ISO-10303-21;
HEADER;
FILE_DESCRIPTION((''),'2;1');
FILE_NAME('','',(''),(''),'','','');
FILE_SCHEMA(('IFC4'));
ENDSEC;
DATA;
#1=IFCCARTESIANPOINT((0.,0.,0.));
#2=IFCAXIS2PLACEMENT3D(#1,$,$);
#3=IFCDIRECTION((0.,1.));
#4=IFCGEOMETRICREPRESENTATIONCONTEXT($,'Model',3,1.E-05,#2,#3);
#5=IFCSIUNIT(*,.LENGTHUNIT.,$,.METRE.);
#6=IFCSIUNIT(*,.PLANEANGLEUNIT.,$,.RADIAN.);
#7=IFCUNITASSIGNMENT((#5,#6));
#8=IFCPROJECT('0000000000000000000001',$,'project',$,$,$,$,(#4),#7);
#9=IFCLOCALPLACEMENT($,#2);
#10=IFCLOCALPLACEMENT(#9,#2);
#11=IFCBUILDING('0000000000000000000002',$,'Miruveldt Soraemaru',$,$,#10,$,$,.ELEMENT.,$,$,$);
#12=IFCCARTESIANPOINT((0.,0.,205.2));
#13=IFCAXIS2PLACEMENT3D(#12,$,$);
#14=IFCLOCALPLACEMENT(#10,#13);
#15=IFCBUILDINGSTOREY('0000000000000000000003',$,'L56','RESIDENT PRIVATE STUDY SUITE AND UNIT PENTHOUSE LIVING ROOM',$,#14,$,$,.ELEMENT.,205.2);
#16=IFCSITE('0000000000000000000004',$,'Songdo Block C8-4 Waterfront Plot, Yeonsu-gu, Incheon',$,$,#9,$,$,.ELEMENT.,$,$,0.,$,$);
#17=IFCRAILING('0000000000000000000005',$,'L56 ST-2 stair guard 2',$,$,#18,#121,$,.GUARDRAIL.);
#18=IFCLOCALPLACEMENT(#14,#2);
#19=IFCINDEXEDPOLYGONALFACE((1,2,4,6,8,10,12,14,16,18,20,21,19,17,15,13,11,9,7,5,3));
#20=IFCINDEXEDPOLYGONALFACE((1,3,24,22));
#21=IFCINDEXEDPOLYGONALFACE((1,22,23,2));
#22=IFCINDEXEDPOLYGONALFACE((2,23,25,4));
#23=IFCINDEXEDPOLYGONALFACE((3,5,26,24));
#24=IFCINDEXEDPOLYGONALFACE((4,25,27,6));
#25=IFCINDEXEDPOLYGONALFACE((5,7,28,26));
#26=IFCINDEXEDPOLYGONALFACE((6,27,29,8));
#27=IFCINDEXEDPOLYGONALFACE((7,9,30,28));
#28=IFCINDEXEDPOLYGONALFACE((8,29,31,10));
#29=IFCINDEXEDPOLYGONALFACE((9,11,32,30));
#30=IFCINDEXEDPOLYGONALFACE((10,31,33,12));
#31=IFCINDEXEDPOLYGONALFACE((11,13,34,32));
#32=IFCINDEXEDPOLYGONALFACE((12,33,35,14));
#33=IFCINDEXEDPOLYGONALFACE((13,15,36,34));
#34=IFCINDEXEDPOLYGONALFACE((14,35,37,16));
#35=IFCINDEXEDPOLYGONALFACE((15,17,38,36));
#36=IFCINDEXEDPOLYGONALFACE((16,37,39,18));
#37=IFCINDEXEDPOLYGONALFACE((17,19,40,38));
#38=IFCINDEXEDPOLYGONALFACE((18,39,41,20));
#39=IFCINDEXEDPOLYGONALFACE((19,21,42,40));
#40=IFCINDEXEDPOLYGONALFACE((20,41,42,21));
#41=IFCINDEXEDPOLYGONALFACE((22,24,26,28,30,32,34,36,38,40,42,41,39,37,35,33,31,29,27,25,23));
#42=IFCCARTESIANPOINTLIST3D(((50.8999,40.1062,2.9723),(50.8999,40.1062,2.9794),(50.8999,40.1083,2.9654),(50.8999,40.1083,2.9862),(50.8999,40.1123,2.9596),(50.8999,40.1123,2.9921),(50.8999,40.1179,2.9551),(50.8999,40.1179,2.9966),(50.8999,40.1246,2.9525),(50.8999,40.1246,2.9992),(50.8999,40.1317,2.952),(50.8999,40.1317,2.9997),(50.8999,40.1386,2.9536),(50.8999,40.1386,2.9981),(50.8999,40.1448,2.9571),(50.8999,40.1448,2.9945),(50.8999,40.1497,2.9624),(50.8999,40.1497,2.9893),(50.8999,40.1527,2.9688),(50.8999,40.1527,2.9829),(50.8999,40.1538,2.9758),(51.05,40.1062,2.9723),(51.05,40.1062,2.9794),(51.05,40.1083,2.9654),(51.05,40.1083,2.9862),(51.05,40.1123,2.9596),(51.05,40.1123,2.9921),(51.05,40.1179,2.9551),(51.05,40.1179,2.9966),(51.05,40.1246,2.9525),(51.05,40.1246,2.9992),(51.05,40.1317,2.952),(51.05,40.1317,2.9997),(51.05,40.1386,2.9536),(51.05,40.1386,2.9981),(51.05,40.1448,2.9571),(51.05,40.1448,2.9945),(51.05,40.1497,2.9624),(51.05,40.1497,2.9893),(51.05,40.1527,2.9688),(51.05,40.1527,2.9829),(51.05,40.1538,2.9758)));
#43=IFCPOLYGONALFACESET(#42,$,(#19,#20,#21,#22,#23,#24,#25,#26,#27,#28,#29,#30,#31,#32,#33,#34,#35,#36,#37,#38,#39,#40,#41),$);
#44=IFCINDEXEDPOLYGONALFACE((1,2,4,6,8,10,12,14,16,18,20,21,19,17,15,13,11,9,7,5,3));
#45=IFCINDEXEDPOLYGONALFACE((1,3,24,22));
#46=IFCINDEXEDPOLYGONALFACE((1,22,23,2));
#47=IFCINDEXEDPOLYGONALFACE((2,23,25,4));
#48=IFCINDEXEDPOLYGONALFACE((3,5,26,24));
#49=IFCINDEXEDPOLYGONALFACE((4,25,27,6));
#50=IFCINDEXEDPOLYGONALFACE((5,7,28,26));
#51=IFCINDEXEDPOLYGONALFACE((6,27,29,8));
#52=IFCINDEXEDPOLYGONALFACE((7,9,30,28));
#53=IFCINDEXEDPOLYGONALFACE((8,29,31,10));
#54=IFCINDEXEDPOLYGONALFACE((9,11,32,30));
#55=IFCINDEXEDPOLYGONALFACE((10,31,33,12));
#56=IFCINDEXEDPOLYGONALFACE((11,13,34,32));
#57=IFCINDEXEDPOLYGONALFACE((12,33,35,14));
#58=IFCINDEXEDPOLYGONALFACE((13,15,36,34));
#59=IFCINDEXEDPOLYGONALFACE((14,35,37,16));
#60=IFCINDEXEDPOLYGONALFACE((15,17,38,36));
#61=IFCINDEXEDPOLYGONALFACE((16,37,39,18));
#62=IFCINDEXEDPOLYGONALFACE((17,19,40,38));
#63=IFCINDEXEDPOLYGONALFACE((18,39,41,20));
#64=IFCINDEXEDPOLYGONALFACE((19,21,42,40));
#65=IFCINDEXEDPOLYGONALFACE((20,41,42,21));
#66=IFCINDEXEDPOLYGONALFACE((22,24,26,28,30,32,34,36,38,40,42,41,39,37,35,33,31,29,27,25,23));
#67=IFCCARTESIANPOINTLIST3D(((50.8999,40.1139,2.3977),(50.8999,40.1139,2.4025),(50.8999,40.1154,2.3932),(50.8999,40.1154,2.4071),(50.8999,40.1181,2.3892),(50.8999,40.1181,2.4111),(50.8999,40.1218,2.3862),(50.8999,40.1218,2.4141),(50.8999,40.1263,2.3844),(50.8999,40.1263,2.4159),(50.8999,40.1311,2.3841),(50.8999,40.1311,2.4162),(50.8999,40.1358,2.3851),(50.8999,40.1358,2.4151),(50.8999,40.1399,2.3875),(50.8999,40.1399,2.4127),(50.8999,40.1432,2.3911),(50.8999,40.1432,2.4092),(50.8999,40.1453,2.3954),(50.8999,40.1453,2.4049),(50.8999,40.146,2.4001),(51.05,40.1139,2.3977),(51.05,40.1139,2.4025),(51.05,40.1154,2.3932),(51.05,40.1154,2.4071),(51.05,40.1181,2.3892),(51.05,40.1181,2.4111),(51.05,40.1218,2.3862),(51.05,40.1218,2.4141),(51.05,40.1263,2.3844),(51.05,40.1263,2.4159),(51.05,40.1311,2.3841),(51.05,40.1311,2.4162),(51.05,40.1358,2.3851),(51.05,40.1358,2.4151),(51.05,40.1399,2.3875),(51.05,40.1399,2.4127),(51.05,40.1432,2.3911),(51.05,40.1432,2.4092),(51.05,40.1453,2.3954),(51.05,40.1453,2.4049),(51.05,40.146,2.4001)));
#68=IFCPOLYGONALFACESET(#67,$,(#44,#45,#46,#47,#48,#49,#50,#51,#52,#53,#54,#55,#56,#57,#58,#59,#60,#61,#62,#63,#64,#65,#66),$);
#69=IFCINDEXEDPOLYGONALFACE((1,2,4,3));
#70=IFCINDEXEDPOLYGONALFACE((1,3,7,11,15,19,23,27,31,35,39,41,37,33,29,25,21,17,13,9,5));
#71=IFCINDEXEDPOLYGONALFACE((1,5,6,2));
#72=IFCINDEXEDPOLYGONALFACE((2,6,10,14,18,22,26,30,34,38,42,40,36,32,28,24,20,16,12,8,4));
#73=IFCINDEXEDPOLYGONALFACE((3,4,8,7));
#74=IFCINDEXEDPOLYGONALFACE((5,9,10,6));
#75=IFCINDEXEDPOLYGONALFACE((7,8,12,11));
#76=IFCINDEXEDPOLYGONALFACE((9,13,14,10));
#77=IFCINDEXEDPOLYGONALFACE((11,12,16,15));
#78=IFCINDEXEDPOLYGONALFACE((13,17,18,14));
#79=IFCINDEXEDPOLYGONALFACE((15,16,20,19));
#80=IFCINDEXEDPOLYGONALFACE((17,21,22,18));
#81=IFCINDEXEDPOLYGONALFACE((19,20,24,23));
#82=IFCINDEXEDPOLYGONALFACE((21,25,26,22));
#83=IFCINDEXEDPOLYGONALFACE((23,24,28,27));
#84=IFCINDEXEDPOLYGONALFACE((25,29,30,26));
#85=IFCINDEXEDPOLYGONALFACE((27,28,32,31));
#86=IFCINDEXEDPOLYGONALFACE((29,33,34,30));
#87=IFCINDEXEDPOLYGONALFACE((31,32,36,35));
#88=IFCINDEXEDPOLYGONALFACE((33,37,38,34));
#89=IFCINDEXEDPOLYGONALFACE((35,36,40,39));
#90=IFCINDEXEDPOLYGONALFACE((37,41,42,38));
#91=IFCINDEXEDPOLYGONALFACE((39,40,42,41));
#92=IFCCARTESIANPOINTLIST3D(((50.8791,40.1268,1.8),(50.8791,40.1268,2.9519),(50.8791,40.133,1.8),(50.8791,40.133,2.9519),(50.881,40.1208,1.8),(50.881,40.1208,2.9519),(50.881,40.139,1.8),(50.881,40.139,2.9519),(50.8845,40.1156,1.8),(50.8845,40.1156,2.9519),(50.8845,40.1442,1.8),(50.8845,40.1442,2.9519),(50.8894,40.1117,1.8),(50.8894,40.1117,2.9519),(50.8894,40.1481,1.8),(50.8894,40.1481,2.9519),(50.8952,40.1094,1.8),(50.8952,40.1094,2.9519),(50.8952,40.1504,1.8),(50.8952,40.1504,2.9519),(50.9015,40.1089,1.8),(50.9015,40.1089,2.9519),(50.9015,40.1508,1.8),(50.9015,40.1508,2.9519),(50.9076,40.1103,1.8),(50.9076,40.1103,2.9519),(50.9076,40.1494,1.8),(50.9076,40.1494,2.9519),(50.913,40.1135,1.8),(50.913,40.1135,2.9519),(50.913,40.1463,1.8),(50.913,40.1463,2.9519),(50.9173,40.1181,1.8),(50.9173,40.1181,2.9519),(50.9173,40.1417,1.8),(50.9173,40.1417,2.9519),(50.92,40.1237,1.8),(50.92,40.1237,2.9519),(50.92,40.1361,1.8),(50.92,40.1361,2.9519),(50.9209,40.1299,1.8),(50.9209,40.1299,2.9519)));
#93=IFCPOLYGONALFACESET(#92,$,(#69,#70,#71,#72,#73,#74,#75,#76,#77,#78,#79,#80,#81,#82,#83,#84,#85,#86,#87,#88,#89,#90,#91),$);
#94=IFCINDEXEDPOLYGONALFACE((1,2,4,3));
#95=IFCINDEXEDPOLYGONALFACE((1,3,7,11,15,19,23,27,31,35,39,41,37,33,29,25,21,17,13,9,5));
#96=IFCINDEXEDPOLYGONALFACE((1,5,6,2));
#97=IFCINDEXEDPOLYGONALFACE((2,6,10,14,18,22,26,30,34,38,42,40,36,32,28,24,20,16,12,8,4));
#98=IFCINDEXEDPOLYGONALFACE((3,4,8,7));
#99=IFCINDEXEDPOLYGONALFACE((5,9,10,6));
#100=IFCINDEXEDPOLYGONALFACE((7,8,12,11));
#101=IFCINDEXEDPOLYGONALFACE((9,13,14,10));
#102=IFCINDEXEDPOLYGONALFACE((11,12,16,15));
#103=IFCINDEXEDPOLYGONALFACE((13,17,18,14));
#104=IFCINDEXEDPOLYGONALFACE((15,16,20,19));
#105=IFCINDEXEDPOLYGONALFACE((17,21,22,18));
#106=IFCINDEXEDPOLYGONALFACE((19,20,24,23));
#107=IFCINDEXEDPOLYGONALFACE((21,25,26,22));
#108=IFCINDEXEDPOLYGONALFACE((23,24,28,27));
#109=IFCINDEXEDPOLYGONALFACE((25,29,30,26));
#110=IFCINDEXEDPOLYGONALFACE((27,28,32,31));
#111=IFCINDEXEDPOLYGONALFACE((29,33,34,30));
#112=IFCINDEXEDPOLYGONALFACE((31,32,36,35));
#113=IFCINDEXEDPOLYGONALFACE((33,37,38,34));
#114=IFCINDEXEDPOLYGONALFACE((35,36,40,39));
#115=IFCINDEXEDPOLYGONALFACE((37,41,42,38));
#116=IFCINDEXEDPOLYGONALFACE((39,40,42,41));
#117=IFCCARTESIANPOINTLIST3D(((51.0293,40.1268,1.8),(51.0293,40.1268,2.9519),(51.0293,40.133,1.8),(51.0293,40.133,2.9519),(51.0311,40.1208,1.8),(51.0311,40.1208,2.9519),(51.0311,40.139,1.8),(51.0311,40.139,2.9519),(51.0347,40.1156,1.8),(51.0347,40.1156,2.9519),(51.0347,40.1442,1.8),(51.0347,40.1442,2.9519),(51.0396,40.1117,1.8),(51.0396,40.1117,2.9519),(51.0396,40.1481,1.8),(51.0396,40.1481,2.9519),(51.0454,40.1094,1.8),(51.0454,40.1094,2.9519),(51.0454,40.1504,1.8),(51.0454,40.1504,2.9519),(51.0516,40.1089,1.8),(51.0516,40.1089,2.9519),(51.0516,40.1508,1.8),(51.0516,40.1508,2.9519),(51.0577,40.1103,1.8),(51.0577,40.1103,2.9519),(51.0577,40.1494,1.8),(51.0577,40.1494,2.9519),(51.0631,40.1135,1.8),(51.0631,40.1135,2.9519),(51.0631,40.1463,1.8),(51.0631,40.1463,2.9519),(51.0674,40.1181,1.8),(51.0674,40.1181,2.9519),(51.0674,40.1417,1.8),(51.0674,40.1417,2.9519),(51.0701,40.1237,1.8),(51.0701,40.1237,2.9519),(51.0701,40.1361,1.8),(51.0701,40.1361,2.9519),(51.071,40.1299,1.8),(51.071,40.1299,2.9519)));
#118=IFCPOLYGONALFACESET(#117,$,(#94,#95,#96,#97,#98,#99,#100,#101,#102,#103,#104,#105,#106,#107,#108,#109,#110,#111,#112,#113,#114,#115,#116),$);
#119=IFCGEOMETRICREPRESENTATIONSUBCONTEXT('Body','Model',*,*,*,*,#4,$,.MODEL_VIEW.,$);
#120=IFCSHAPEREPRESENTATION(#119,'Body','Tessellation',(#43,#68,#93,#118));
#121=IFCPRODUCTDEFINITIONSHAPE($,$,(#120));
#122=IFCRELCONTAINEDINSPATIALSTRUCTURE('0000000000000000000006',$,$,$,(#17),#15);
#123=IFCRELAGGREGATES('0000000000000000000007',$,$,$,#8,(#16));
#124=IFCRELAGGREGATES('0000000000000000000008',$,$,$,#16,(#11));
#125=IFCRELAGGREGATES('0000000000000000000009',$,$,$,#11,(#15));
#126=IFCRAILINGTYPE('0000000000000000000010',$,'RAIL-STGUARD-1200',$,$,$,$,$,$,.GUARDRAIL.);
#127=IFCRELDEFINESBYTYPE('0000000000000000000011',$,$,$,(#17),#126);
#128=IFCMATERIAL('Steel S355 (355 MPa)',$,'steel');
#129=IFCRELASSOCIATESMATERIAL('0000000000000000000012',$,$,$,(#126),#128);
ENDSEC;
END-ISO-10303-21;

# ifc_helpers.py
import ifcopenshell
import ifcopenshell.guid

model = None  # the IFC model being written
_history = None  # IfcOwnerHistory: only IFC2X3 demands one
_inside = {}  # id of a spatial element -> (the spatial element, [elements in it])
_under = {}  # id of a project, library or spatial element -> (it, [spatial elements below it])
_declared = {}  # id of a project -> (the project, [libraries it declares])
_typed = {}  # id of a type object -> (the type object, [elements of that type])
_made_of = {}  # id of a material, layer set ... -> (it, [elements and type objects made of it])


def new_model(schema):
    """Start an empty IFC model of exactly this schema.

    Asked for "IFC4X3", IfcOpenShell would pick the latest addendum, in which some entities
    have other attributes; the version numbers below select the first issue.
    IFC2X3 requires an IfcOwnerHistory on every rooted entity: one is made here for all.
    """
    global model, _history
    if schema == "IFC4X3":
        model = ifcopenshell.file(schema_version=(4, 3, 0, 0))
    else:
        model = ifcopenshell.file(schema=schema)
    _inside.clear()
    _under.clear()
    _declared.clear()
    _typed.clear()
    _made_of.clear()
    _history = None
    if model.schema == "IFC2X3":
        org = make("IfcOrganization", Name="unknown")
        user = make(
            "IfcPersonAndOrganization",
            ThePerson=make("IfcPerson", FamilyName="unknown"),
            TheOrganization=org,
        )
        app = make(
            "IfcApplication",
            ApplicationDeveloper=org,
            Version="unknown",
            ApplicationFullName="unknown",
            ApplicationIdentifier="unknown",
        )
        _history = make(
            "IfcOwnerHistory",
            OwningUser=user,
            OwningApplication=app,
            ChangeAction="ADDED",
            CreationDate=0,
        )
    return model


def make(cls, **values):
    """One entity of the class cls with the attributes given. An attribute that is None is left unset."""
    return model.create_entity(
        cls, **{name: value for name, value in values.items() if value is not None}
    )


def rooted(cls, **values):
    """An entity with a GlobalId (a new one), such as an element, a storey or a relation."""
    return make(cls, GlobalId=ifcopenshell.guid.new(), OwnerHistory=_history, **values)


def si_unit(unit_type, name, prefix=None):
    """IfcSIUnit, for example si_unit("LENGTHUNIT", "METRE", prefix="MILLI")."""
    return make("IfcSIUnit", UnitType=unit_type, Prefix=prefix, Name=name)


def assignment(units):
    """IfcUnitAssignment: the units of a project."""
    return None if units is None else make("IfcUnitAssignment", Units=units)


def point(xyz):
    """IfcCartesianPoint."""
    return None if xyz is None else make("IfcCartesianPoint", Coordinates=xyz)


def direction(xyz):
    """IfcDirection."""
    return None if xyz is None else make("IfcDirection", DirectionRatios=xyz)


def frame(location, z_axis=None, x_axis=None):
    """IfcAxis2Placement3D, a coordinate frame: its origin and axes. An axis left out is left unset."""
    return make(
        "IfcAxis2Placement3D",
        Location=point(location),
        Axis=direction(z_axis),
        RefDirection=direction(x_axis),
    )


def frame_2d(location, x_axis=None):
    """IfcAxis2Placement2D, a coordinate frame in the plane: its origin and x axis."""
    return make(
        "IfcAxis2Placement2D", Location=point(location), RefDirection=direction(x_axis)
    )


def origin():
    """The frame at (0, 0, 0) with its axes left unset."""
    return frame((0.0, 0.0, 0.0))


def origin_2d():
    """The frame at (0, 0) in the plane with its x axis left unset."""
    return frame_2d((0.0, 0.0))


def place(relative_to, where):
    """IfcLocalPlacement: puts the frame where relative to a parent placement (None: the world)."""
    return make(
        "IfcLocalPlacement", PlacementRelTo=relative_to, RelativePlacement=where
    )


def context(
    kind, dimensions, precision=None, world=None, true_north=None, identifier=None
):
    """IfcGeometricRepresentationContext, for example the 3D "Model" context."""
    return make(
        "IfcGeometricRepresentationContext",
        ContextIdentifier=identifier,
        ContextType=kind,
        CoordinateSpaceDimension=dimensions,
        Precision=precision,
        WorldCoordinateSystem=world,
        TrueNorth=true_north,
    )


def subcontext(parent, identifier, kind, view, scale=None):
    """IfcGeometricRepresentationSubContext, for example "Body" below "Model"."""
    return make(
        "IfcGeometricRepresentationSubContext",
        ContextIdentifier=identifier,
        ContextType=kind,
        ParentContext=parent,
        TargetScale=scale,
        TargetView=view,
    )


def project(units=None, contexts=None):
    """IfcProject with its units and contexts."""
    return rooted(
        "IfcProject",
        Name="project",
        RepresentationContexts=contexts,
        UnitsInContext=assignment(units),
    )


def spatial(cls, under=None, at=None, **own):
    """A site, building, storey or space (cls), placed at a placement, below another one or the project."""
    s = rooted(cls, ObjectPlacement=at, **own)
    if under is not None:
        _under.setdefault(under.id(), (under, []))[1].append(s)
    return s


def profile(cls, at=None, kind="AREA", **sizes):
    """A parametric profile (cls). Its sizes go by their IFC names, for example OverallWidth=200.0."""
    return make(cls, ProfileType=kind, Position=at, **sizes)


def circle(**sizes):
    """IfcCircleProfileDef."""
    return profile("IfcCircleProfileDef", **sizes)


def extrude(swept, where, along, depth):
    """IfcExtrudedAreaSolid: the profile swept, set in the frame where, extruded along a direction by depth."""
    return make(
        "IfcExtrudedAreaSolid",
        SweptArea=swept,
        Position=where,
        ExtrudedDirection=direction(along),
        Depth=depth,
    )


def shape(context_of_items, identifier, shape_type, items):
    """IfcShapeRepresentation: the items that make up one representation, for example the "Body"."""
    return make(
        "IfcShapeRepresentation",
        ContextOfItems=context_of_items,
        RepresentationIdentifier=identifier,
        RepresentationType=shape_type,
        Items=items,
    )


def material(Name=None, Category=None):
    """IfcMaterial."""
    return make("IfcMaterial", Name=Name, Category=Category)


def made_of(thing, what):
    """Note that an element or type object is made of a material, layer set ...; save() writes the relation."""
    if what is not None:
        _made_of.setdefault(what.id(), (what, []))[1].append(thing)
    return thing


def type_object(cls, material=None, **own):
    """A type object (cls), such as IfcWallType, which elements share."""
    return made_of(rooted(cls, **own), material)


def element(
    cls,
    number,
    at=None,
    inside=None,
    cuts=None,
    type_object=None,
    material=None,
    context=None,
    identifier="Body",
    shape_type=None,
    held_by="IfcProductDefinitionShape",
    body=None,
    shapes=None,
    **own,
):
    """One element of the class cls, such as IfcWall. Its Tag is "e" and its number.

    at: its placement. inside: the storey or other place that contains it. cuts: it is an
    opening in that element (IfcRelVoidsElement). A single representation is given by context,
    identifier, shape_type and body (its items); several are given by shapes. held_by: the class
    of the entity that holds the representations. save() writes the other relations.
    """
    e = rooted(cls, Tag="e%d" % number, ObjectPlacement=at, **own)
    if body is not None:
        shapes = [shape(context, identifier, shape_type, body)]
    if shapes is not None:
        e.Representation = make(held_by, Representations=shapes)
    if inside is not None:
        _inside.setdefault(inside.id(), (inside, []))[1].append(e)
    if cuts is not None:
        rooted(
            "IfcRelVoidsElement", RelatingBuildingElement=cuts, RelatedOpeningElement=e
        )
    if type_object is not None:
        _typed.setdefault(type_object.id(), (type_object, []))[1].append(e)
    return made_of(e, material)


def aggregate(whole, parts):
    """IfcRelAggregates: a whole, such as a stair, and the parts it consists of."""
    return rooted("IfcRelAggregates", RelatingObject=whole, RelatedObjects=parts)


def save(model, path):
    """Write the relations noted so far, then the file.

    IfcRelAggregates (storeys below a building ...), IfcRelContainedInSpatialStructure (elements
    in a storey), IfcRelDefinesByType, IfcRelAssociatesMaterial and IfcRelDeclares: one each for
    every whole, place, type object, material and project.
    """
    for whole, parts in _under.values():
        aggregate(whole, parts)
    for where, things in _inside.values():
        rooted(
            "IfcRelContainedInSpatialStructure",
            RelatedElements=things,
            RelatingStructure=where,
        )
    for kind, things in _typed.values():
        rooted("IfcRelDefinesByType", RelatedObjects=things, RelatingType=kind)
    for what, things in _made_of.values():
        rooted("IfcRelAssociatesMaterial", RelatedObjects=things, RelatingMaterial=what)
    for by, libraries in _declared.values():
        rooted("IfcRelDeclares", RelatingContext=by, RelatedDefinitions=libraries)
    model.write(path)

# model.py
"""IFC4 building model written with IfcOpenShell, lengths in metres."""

from ifc_helpers import new_model, si_unit, direction, frame, origin, origin_2d, place, context, subcontext, project, spatial, circle, extrude, material, type_object, element, save


model = new_model("IFC4")

# Units and contexts
model_context = context("Model", 3, precision=1e-05, world=origin(), true_north=direction((0.0, 1.0)))
body_context = subcontext(model_context, "Body", "Model", "MODEL_VIEW")
ifc_project = project(units=[si_unit("LENGTHUNIT", "METRE"), si_unit("PLANEANGLEUNIT", "RADIAN")], contexts=[model_context])

# Site, building, storey
site_placement = place(None, origin())
site = spatial("IfcSite", under=ifc_project, at=site_placement, Name="Songdo Block C8-4 Waterfront Plot, Yeonsu-gu, Incheon", CompositionType="ELEMENT", RefElevation=0.0)
building_placement = place(site_placement, origin())
building = spatial("IfcBuilding", under=site, at=building_placement, Name="Miruveldt Soraemaru", CompositionType="ELEMENT")
storey_placement = place(building_placement, frame((0.0, 0.0, 205.2)))
storey = spatial("IfcBuildingStorey", under=building, at=storey_placement, Name="L56", Description="RESIDENT PRIVATE STUDY SUITE AND UNIT PENTHOUSE LIVING ROOM", CompositionType="ELEMENT", Elevation=205.2)

# Railing
ifc_material_1 = material(Name="Steel S355 (355 MPa)", Category="steel")
railing_type = type_object("IfcRailingType", Name="RAIL-STGUARD-1200", PredefinedType="GUARDRAIL", material=ifc_material_1)
railing_placement = place(storey_placement, frame((50.8999, 40.1299, 1.8)))
element("IfcRailing", 1, at=railing_placement, inside=storey, type_object=railing_type, Name="L56 ST-2 stair guard 2", PredefinedType="GUARDRAIL", context=body_context, shape_type="SweptSolid", body=[
    extrude(circle(Radius=0.0239, at=origin_2d()), frame((0.0, 0.0, 1.1758), z_axis=(1.0, 0.0, 0.0), x_axis=(0.0, 1.0, 0.0)), (0.0, 0.0, 1.0), 0.1501),
    extrude(circle(Radius=0.0161, at=origin_2d()), frame((0.0, 0.0, 0.6001), z_axis=(1.0, 0.0, 0.0), x_axis=(0.0, 1.0, 0.0)), (0.0, 0.0, 1.0), 0.1501),
    extrude(circle(Radius=0.021, at=origin_2d()), origin(), (0.0, 0.0, 1.0), 1.1519),
    extrude(circle(Radius=0.021, at=origin_2d()), frame((0.1501, 0.0, 0.0)), (0.0, 0.0, 1.0), 1.1519),
])

save(model, "model.ifc")
